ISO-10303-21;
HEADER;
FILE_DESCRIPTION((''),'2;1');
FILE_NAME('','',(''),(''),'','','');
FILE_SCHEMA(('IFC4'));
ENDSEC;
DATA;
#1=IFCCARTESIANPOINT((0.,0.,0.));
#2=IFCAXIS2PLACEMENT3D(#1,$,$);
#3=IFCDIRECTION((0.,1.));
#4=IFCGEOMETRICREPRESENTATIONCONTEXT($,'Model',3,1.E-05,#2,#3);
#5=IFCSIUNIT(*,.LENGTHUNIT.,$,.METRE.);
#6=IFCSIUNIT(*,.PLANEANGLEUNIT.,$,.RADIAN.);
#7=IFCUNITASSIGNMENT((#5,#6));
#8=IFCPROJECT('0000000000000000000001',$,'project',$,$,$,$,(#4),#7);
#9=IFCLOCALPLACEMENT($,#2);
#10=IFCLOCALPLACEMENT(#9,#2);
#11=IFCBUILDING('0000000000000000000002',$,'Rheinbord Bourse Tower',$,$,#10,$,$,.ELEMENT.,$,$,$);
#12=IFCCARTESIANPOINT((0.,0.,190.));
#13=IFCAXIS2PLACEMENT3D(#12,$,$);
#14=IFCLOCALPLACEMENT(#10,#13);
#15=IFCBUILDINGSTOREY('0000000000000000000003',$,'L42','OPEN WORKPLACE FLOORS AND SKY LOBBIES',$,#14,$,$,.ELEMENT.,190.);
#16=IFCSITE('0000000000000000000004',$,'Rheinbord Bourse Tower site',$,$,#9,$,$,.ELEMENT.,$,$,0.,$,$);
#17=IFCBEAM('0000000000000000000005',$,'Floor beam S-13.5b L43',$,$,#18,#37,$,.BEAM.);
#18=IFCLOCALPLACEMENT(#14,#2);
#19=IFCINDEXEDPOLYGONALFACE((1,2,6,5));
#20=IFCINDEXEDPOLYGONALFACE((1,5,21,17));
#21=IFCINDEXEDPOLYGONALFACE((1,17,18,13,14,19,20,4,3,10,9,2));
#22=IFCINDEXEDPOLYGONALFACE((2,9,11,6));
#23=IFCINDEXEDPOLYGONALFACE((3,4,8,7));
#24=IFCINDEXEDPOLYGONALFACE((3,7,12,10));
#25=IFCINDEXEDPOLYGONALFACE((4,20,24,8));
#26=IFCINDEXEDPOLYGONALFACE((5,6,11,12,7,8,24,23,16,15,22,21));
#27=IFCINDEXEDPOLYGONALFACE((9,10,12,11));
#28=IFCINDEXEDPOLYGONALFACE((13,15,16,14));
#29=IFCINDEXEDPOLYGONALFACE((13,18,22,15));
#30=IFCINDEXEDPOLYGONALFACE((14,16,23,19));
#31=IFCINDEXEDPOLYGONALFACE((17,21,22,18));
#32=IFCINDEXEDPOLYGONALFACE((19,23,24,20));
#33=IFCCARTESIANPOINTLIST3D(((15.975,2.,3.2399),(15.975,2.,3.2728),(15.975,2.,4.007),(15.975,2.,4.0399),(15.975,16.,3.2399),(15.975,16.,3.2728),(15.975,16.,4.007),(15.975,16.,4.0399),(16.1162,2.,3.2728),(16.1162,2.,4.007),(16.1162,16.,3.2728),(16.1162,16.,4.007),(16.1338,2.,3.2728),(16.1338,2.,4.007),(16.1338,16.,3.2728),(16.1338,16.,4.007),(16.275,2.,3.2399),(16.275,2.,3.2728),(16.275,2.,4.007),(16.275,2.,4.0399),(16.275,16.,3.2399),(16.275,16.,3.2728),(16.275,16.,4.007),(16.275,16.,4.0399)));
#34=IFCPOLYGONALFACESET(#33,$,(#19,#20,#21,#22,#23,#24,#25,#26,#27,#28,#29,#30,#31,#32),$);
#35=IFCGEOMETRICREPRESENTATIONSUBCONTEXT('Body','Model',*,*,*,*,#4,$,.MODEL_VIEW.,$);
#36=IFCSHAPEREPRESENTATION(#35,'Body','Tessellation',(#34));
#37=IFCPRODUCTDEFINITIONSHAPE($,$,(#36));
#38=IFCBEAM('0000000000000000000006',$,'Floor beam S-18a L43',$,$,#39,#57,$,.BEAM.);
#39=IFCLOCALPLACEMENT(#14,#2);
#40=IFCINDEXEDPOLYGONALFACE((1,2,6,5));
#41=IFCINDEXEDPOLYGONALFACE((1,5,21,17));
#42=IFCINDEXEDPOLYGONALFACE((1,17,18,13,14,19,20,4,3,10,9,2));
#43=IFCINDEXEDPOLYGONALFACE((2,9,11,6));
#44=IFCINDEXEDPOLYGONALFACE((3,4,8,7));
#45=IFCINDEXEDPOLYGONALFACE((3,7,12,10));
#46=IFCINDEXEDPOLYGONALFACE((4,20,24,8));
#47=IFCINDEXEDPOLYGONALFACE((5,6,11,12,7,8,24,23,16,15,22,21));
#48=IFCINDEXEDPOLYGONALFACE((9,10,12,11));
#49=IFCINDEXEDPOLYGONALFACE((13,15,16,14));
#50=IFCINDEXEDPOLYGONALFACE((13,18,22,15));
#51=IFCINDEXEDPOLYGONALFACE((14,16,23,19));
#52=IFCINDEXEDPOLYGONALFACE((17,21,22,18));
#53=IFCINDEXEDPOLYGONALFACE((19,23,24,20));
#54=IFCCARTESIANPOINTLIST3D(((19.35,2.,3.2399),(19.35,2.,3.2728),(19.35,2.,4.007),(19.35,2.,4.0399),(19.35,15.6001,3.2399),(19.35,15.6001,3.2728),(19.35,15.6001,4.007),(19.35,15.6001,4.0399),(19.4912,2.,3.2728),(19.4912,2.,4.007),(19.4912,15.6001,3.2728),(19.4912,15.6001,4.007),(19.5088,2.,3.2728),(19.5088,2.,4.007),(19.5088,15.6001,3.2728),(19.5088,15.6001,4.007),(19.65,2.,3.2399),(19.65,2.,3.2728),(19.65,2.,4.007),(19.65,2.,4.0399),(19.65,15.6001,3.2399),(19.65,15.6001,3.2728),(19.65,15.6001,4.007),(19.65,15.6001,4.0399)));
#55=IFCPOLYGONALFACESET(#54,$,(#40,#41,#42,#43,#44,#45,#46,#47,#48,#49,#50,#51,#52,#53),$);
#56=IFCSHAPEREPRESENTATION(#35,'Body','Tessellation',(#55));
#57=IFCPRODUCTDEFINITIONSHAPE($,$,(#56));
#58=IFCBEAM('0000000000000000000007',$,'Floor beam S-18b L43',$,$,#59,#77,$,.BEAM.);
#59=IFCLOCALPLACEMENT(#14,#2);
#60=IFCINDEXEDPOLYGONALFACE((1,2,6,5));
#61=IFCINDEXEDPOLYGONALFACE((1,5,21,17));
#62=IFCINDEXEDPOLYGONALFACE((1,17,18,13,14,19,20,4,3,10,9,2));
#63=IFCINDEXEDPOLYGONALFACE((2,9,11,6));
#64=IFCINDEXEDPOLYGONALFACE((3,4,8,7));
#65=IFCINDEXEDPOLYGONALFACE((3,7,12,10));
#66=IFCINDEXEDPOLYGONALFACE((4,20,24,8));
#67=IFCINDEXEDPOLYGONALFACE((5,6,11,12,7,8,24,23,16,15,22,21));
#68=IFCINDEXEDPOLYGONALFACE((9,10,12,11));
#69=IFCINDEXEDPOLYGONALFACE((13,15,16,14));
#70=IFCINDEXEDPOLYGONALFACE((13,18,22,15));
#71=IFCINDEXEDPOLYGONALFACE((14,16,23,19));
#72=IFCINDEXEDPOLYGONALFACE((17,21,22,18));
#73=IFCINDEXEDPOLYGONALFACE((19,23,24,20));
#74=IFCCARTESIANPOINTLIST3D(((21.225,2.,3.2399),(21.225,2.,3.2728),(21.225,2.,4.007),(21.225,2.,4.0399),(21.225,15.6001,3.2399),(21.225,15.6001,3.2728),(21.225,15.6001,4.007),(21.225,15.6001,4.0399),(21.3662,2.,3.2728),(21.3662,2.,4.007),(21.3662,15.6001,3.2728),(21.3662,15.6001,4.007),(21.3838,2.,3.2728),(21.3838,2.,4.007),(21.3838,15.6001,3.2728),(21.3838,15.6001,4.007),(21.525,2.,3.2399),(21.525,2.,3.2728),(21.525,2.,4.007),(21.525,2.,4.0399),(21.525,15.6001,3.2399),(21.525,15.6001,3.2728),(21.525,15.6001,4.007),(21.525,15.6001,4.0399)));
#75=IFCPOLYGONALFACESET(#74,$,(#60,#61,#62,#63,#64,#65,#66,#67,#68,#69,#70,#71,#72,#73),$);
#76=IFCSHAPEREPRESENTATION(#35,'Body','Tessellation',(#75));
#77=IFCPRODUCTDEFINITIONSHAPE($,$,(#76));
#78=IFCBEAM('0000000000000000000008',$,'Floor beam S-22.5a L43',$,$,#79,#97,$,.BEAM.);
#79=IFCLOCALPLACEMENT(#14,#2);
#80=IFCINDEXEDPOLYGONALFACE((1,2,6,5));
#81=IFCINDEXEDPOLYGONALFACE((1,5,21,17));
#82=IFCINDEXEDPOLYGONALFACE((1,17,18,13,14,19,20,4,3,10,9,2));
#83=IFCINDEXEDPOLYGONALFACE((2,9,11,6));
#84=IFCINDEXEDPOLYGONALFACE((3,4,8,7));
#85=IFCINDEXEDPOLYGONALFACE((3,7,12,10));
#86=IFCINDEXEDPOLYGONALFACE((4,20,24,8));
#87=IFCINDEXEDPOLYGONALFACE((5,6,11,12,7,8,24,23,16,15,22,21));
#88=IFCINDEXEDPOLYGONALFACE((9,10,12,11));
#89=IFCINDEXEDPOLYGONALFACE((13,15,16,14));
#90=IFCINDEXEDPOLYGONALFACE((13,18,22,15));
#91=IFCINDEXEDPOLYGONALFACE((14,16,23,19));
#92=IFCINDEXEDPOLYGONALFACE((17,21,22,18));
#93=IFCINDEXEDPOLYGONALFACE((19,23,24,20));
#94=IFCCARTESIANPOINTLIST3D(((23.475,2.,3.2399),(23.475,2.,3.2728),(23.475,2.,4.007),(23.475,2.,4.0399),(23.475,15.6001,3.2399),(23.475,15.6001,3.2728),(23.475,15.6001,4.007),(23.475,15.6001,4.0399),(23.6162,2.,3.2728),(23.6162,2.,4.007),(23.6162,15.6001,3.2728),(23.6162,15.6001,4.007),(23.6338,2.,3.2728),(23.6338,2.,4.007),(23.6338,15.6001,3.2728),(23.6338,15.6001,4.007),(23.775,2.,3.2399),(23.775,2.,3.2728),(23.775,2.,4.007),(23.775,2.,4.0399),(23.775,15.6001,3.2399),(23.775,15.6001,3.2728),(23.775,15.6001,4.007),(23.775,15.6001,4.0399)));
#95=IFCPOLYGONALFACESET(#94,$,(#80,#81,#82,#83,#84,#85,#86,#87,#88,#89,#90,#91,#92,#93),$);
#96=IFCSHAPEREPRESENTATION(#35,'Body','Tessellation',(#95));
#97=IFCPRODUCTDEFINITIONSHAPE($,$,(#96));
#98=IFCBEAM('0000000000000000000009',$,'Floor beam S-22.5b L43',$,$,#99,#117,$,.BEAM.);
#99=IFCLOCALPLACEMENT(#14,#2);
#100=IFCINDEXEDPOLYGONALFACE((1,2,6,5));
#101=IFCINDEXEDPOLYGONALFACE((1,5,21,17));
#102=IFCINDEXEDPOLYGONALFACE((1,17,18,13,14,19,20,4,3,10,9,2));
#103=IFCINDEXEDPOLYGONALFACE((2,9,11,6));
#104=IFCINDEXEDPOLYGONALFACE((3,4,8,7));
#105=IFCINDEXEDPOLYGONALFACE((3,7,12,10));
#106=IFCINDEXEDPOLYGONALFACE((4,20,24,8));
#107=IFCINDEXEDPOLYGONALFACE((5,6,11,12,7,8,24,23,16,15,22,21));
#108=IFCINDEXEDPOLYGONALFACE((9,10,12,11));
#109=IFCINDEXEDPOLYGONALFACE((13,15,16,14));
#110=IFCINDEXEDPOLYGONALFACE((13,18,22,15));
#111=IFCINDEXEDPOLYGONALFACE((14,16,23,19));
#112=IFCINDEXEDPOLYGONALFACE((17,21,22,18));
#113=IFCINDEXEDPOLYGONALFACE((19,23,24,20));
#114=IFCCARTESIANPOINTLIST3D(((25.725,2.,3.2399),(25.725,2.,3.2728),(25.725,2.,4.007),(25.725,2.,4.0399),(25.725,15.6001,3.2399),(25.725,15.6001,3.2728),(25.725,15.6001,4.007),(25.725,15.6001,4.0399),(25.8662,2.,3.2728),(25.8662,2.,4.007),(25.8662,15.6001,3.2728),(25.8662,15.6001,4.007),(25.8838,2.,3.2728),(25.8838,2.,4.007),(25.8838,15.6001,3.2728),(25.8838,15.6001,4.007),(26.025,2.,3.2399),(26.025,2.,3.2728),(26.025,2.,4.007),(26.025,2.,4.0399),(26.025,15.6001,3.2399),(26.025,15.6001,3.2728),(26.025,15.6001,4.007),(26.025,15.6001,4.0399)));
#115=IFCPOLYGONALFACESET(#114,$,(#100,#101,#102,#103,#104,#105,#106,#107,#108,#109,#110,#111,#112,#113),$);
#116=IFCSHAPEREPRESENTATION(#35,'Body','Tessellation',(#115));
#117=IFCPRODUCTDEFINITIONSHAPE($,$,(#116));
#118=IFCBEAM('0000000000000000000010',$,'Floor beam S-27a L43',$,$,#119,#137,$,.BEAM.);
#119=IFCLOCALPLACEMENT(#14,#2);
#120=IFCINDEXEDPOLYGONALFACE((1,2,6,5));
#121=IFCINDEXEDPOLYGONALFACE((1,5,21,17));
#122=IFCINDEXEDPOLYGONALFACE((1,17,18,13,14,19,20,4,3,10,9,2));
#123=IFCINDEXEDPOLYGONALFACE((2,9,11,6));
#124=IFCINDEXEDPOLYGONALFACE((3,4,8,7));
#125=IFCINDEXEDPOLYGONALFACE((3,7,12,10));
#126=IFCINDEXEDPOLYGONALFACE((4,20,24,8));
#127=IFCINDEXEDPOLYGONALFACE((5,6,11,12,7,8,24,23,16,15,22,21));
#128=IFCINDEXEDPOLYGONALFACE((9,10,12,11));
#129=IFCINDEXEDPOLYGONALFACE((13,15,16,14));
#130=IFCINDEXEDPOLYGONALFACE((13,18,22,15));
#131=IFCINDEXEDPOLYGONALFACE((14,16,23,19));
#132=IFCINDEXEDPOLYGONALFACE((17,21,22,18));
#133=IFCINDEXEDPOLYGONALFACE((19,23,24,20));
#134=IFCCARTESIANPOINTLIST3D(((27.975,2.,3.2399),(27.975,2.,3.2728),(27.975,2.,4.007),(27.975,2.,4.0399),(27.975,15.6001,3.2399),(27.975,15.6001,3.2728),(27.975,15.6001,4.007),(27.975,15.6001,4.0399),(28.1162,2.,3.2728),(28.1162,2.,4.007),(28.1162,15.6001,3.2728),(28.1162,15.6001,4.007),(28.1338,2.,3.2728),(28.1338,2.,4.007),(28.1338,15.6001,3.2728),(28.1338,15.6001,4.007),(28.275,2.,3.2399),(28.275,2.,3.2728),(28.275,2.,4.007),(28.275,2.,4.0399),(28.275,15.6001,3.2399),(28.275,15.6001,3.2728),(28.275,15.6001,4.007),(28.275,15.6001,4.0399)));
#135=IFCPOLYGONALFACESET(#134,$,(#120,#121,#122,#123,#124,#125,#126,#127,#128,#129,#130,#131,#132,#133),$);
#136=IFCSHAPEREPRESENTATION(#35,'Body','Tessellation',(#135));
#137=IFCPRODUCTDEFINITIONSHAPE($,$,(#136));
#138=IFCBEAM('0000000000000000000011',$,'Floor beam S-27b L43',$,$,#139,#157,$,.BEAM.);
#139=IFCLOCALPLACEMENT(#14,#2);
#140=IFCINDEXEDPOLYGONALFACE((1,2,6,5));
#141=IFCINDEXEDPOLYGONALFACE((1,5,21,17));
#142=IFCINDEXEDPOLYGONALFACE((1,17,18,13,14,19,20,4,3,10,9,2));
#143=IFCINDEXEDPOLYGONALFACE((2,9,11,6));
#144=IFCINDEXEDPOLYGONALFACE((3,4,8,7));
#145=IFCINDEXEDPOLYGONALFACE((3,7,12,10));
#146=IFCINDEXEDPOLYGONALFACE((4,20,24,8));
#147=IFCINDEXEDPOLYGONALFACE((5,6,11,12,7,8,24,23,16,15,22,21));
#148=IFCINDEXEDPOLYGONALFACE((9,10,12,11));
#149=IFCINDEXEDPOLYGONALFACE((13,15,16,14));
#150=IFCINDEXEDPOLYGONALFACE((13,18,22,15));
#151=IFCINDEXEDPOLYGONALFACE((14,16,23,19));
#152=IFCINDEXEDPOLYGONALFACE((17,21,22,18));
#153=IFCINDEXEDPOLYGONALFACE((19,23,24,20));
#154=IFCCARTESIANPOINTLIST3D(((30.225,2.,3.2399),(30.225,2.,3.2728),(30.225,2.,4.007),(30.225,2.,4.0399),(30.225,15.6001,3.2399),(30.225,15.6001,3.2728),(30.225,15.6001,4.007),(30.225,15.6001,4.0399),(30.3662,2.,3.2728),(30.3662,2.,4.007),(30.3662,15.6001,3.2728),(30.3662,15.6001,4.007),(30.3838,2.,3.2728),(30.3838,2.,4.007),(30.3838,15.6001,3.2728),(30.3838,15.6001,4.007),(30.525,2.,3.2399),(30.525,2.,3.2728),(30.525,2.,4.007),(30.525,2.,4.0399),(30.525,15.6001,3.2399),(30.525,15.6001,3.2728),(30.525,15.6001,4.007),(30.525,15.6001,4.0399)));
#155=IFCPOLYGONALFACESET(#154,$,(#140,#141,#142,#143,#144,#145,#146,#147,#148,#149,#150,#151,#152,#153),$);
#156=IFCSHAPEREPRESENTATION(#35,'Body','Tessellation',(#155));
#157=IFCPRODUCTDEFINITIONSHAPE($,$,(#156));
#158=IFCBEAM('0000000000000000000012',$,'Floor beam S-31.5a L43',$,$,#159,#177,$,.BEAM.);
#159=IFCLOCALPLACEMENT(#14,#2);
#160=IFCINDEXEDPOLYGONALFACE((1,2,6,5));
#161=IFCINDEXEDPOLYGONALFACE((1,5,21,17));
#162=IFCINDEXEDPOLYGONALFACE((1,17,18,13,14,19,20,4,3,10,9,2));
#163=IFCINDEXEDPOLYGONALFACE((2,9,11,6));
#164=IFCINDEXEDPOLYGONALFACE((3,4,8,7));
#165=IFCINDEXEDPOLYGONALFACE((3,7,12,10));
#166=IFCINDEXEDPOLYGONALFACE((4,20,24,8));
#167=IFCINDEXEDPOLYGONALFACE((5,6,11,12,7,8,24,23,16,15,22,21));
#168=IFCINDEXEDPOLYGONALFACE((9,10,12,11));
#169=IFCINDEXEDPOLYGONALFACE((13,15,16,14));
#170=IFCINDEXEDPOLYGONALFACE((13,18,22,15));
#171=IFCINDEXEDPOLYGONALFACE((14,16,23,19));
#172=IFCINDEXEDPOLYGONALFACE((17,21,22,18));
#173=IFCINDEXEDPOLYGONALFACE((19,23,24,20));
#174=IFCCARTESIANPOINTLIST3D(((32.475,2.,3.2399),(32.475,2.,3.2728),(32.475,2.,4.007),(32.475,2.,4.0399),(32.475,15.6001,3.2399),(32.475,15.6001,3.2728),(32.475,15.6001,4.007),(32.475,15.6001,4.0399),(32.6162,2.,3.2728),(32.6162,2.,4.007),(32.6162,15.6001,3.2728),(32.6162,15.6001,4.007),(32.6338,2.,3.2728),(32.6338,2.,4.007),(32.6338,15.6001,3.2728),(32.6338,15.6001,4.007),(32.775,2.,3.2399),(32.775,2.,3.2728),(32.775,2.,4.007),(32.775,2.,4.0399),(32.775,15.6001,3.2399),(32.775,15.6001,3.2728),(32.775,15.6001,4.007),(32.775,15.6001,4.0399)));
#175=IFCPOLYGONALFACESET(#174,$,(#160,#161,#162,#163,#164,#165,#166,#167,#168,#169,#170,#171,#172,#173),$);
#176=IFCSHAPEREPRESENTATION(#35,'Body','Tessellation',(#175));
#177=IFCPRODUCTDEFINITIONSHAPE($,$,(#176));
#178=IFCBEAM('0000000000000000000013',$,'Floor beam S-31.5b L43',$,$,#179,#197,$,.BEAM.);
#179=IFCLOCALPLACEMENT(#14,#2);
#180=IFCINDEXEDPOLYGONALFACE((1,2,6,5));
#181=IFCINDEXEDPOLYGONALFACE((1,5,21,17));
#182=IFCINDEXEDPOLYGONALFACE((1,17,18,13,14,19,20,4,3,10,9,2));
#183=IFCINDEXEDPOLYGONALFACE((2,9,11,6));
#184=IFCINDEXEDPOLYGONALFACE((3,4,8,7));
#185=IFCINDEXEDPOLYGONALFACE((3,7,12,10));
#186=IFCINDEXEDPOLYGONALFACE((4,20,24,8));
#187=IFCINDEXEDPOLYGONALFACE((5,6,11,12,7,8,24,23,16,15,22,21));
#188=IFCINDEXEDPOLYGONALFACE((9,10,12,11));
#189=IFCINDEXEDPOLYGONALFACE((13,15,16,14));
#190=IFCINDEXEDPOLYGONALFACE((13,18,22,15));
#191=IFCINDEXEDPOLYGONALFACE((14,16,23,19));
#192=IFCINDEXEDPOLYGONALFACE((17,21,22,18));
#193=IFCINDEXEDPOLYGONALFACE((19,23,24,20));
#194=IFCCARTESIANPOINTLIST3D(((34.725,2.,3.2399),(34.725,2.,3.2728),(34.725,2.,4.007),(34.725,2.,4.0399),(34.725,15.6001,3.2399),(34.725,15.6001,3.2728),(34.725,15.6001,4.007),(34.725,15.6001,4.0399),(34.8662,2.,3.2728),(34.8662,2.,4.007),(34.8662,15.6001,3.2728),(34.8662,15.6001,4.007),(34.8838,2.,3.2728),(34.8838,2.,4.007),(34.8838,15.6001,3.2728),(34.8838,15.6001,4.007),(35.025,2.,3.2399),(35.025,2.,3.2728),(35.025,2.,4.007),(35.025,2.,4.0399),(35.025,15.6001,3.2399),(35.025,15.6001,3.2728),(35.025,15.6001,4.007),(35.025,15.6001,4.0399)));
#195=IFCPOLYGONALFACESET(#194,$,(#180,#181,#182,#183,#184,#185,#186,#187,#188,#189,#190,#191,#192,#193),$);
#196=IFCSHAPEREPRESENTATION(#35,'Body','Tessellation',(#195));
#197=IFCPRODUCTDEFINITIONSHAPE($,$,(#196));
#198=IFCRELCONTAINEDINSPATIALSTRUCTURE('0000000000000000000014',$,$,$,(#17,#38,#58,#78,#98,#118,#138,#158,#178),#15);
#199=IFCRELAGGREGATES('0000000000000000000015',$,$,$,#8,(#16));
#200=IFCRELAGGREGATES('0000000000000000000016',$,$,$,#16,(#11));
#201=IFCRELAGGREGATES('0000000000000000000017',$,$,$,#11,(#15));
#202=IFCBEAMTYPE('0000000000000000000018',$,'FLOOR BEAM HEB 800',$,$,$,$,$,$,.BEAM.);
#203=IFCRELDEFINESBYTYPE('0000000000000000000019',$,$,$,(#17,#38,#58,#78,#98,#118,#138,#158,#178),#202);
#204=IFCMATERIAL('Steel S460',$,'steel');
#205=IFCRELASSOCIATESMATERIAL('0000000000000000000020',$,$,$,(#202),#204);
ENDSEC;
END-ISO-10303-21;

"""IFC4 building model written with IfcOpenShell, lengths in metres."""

from ifc_helpers import new_model, si_unit, direction, frame, origin, origin_2d, place, context, subcontext, project, spatial, i_section, extrude, material, material_profile, profile_set, type_object, element, save


model = new_model("IFC4")

# Units and contexts
model_context = context("Model", 3, precision=1e-05, world=origin(), true_north=direction((0.0, 1.0)))
body_context = subcontext(model_context, "Body", "Model", "MODEL_VIEW")
ifc_project = project(units=[si_unit("LENGTHUNIT", "METRE"), si_unit("PLANEANGLEUNIT", "RADIAN")], contexts=[model_context])

# Site, building, storey
site_placement = place(None, origin())
site = spatial("IfcSite", under=ifc_project, at=site_placement, Name="Rheinbord Bourse Tower site", CompositionType="ELEMENT", RefElevation=0.0)
building_placement = place(site_placement, origin())
building = spatial("IfcBuilding", under=site, at=building_placement, Name="Rheinbord Bourse Tower", CompositionType="ELEMENT")
storey_placement = place(building_placement, frame((0.0, 0.0, 190.0)))
storey = spatial("IfcBuildingStorey", under=building, at=storey_placement, Name="L42", Description="OPEN WORKPLACE FLOORS AND SKY LOBBIES", CompositionType="ELEMENT", Elevation=190.0)

# Beams
ifc_material_1 = material(Name="Steel S460", Category="steel")
ifc_material_profile_1 = material_profile(ifc_material_1, i_section(OverallWidth=0.3, OverallDepth=0.8, WebThickness=0.0176, FlangeThickness=0.033, at=origin_2d()), Name="HEB 800")
ifc_profile_set_1 = profile_set([ifc_material_profile_1], Name="Steel S460")
beam_type_1 = type_object("IfcBeamType", Name="FLOOR BEAM HEB 800", PredefinedType="BEAM", material=ifc_profile_set_1)
for number, where, z_axis, x_axis, name in (
    (1, (16.125, 2.0, 3.6399), (0.0, 1.0, 0.0), (-1.0, 0.0, 0.0), "Floor beam S-13.5b L43"),
):
    element("IfcBeam", number, at=place(storey_placement, frame(where, z_axis=z_axis, x_axis=x_axis)), inside=storey, type_object=beam_type_1, Name=name, PredefinedType="BEAM", context=body_context, shape_type="SweptSolid", body=[
        extrude(i_section(OverallWidth=0.3, OverallDepth=0.8, WebThickness=0.0176, FlangeThickness=0.033, at=origin_2d()), origin(), (0.0, 0.0, 1.0), 14.0),
    ])
for number, where, z_axis, x_axis, name in (
    (2, (19.5, 2.0, 3.6399), (0.0, 1.0, 0.0), (-1.0, 0.0, 0.0), "Floor beam S-18a L43"),
    (3, (21.375, 2.0, 3.6399), (0.0, 1.0, 0.0), (-1.0, 0.0, 0.0), "Floor beam S-18b L43"),
    (4, (23.625, 2.0, 3.6399), (0.0, 1.0, 0.0), (-1.0, 0.0, 0.0), "Floor beam S-22.5a L43"),
    (5, (25.875, 2.0, 3.6399), (0.0, 1.0, 0.0), (-1.0, 0.0, 0.0), "Floor beam S-22.5b L43"),
    (6, (28.125, 2.0, 3.6399), (0.0, 1.0, 0.0), (-1.0, 0.0, 0.0), "Floor beam S-27a L43"),
    (7, (30.375, 2.0, 3.6399), (0.0, 1.0, 0.0), (-1.0, 0.0, 0.0), "Floor beam S-27b L43"),
    (8, (32.625, 2.0, 3.6399), (0.0, 1.0, 0.0), (-1.0, 0.0, 0.0), "Floor beam S-31.5a L43"),
    (9, (34.875, 2.0, 3.6399), (0.0, 1.0, 0.0), (-1.0, 0.0, 0.0), "Floor beam S-31.5b L43"),
):
    element("IfcBeam", number, at=place(storey_placement, frame(where, z_axis=z_axis, x_axis=x_axis)), inside=storey, type_object=beam_type_1, Name=name, PredefinedType="BEAM", context=body_context, shape_type="SweptSolid", body=[
        extrude(i_section(OverallWidth=0.3, OverallDepth=0.8, WebThickness=0.0176, FlangeThickness=0.033, at=origin_2d()), origin(), (0.0, 0.0, 1.0), 13.6001),
    ])

save(model, "model.ifc")
